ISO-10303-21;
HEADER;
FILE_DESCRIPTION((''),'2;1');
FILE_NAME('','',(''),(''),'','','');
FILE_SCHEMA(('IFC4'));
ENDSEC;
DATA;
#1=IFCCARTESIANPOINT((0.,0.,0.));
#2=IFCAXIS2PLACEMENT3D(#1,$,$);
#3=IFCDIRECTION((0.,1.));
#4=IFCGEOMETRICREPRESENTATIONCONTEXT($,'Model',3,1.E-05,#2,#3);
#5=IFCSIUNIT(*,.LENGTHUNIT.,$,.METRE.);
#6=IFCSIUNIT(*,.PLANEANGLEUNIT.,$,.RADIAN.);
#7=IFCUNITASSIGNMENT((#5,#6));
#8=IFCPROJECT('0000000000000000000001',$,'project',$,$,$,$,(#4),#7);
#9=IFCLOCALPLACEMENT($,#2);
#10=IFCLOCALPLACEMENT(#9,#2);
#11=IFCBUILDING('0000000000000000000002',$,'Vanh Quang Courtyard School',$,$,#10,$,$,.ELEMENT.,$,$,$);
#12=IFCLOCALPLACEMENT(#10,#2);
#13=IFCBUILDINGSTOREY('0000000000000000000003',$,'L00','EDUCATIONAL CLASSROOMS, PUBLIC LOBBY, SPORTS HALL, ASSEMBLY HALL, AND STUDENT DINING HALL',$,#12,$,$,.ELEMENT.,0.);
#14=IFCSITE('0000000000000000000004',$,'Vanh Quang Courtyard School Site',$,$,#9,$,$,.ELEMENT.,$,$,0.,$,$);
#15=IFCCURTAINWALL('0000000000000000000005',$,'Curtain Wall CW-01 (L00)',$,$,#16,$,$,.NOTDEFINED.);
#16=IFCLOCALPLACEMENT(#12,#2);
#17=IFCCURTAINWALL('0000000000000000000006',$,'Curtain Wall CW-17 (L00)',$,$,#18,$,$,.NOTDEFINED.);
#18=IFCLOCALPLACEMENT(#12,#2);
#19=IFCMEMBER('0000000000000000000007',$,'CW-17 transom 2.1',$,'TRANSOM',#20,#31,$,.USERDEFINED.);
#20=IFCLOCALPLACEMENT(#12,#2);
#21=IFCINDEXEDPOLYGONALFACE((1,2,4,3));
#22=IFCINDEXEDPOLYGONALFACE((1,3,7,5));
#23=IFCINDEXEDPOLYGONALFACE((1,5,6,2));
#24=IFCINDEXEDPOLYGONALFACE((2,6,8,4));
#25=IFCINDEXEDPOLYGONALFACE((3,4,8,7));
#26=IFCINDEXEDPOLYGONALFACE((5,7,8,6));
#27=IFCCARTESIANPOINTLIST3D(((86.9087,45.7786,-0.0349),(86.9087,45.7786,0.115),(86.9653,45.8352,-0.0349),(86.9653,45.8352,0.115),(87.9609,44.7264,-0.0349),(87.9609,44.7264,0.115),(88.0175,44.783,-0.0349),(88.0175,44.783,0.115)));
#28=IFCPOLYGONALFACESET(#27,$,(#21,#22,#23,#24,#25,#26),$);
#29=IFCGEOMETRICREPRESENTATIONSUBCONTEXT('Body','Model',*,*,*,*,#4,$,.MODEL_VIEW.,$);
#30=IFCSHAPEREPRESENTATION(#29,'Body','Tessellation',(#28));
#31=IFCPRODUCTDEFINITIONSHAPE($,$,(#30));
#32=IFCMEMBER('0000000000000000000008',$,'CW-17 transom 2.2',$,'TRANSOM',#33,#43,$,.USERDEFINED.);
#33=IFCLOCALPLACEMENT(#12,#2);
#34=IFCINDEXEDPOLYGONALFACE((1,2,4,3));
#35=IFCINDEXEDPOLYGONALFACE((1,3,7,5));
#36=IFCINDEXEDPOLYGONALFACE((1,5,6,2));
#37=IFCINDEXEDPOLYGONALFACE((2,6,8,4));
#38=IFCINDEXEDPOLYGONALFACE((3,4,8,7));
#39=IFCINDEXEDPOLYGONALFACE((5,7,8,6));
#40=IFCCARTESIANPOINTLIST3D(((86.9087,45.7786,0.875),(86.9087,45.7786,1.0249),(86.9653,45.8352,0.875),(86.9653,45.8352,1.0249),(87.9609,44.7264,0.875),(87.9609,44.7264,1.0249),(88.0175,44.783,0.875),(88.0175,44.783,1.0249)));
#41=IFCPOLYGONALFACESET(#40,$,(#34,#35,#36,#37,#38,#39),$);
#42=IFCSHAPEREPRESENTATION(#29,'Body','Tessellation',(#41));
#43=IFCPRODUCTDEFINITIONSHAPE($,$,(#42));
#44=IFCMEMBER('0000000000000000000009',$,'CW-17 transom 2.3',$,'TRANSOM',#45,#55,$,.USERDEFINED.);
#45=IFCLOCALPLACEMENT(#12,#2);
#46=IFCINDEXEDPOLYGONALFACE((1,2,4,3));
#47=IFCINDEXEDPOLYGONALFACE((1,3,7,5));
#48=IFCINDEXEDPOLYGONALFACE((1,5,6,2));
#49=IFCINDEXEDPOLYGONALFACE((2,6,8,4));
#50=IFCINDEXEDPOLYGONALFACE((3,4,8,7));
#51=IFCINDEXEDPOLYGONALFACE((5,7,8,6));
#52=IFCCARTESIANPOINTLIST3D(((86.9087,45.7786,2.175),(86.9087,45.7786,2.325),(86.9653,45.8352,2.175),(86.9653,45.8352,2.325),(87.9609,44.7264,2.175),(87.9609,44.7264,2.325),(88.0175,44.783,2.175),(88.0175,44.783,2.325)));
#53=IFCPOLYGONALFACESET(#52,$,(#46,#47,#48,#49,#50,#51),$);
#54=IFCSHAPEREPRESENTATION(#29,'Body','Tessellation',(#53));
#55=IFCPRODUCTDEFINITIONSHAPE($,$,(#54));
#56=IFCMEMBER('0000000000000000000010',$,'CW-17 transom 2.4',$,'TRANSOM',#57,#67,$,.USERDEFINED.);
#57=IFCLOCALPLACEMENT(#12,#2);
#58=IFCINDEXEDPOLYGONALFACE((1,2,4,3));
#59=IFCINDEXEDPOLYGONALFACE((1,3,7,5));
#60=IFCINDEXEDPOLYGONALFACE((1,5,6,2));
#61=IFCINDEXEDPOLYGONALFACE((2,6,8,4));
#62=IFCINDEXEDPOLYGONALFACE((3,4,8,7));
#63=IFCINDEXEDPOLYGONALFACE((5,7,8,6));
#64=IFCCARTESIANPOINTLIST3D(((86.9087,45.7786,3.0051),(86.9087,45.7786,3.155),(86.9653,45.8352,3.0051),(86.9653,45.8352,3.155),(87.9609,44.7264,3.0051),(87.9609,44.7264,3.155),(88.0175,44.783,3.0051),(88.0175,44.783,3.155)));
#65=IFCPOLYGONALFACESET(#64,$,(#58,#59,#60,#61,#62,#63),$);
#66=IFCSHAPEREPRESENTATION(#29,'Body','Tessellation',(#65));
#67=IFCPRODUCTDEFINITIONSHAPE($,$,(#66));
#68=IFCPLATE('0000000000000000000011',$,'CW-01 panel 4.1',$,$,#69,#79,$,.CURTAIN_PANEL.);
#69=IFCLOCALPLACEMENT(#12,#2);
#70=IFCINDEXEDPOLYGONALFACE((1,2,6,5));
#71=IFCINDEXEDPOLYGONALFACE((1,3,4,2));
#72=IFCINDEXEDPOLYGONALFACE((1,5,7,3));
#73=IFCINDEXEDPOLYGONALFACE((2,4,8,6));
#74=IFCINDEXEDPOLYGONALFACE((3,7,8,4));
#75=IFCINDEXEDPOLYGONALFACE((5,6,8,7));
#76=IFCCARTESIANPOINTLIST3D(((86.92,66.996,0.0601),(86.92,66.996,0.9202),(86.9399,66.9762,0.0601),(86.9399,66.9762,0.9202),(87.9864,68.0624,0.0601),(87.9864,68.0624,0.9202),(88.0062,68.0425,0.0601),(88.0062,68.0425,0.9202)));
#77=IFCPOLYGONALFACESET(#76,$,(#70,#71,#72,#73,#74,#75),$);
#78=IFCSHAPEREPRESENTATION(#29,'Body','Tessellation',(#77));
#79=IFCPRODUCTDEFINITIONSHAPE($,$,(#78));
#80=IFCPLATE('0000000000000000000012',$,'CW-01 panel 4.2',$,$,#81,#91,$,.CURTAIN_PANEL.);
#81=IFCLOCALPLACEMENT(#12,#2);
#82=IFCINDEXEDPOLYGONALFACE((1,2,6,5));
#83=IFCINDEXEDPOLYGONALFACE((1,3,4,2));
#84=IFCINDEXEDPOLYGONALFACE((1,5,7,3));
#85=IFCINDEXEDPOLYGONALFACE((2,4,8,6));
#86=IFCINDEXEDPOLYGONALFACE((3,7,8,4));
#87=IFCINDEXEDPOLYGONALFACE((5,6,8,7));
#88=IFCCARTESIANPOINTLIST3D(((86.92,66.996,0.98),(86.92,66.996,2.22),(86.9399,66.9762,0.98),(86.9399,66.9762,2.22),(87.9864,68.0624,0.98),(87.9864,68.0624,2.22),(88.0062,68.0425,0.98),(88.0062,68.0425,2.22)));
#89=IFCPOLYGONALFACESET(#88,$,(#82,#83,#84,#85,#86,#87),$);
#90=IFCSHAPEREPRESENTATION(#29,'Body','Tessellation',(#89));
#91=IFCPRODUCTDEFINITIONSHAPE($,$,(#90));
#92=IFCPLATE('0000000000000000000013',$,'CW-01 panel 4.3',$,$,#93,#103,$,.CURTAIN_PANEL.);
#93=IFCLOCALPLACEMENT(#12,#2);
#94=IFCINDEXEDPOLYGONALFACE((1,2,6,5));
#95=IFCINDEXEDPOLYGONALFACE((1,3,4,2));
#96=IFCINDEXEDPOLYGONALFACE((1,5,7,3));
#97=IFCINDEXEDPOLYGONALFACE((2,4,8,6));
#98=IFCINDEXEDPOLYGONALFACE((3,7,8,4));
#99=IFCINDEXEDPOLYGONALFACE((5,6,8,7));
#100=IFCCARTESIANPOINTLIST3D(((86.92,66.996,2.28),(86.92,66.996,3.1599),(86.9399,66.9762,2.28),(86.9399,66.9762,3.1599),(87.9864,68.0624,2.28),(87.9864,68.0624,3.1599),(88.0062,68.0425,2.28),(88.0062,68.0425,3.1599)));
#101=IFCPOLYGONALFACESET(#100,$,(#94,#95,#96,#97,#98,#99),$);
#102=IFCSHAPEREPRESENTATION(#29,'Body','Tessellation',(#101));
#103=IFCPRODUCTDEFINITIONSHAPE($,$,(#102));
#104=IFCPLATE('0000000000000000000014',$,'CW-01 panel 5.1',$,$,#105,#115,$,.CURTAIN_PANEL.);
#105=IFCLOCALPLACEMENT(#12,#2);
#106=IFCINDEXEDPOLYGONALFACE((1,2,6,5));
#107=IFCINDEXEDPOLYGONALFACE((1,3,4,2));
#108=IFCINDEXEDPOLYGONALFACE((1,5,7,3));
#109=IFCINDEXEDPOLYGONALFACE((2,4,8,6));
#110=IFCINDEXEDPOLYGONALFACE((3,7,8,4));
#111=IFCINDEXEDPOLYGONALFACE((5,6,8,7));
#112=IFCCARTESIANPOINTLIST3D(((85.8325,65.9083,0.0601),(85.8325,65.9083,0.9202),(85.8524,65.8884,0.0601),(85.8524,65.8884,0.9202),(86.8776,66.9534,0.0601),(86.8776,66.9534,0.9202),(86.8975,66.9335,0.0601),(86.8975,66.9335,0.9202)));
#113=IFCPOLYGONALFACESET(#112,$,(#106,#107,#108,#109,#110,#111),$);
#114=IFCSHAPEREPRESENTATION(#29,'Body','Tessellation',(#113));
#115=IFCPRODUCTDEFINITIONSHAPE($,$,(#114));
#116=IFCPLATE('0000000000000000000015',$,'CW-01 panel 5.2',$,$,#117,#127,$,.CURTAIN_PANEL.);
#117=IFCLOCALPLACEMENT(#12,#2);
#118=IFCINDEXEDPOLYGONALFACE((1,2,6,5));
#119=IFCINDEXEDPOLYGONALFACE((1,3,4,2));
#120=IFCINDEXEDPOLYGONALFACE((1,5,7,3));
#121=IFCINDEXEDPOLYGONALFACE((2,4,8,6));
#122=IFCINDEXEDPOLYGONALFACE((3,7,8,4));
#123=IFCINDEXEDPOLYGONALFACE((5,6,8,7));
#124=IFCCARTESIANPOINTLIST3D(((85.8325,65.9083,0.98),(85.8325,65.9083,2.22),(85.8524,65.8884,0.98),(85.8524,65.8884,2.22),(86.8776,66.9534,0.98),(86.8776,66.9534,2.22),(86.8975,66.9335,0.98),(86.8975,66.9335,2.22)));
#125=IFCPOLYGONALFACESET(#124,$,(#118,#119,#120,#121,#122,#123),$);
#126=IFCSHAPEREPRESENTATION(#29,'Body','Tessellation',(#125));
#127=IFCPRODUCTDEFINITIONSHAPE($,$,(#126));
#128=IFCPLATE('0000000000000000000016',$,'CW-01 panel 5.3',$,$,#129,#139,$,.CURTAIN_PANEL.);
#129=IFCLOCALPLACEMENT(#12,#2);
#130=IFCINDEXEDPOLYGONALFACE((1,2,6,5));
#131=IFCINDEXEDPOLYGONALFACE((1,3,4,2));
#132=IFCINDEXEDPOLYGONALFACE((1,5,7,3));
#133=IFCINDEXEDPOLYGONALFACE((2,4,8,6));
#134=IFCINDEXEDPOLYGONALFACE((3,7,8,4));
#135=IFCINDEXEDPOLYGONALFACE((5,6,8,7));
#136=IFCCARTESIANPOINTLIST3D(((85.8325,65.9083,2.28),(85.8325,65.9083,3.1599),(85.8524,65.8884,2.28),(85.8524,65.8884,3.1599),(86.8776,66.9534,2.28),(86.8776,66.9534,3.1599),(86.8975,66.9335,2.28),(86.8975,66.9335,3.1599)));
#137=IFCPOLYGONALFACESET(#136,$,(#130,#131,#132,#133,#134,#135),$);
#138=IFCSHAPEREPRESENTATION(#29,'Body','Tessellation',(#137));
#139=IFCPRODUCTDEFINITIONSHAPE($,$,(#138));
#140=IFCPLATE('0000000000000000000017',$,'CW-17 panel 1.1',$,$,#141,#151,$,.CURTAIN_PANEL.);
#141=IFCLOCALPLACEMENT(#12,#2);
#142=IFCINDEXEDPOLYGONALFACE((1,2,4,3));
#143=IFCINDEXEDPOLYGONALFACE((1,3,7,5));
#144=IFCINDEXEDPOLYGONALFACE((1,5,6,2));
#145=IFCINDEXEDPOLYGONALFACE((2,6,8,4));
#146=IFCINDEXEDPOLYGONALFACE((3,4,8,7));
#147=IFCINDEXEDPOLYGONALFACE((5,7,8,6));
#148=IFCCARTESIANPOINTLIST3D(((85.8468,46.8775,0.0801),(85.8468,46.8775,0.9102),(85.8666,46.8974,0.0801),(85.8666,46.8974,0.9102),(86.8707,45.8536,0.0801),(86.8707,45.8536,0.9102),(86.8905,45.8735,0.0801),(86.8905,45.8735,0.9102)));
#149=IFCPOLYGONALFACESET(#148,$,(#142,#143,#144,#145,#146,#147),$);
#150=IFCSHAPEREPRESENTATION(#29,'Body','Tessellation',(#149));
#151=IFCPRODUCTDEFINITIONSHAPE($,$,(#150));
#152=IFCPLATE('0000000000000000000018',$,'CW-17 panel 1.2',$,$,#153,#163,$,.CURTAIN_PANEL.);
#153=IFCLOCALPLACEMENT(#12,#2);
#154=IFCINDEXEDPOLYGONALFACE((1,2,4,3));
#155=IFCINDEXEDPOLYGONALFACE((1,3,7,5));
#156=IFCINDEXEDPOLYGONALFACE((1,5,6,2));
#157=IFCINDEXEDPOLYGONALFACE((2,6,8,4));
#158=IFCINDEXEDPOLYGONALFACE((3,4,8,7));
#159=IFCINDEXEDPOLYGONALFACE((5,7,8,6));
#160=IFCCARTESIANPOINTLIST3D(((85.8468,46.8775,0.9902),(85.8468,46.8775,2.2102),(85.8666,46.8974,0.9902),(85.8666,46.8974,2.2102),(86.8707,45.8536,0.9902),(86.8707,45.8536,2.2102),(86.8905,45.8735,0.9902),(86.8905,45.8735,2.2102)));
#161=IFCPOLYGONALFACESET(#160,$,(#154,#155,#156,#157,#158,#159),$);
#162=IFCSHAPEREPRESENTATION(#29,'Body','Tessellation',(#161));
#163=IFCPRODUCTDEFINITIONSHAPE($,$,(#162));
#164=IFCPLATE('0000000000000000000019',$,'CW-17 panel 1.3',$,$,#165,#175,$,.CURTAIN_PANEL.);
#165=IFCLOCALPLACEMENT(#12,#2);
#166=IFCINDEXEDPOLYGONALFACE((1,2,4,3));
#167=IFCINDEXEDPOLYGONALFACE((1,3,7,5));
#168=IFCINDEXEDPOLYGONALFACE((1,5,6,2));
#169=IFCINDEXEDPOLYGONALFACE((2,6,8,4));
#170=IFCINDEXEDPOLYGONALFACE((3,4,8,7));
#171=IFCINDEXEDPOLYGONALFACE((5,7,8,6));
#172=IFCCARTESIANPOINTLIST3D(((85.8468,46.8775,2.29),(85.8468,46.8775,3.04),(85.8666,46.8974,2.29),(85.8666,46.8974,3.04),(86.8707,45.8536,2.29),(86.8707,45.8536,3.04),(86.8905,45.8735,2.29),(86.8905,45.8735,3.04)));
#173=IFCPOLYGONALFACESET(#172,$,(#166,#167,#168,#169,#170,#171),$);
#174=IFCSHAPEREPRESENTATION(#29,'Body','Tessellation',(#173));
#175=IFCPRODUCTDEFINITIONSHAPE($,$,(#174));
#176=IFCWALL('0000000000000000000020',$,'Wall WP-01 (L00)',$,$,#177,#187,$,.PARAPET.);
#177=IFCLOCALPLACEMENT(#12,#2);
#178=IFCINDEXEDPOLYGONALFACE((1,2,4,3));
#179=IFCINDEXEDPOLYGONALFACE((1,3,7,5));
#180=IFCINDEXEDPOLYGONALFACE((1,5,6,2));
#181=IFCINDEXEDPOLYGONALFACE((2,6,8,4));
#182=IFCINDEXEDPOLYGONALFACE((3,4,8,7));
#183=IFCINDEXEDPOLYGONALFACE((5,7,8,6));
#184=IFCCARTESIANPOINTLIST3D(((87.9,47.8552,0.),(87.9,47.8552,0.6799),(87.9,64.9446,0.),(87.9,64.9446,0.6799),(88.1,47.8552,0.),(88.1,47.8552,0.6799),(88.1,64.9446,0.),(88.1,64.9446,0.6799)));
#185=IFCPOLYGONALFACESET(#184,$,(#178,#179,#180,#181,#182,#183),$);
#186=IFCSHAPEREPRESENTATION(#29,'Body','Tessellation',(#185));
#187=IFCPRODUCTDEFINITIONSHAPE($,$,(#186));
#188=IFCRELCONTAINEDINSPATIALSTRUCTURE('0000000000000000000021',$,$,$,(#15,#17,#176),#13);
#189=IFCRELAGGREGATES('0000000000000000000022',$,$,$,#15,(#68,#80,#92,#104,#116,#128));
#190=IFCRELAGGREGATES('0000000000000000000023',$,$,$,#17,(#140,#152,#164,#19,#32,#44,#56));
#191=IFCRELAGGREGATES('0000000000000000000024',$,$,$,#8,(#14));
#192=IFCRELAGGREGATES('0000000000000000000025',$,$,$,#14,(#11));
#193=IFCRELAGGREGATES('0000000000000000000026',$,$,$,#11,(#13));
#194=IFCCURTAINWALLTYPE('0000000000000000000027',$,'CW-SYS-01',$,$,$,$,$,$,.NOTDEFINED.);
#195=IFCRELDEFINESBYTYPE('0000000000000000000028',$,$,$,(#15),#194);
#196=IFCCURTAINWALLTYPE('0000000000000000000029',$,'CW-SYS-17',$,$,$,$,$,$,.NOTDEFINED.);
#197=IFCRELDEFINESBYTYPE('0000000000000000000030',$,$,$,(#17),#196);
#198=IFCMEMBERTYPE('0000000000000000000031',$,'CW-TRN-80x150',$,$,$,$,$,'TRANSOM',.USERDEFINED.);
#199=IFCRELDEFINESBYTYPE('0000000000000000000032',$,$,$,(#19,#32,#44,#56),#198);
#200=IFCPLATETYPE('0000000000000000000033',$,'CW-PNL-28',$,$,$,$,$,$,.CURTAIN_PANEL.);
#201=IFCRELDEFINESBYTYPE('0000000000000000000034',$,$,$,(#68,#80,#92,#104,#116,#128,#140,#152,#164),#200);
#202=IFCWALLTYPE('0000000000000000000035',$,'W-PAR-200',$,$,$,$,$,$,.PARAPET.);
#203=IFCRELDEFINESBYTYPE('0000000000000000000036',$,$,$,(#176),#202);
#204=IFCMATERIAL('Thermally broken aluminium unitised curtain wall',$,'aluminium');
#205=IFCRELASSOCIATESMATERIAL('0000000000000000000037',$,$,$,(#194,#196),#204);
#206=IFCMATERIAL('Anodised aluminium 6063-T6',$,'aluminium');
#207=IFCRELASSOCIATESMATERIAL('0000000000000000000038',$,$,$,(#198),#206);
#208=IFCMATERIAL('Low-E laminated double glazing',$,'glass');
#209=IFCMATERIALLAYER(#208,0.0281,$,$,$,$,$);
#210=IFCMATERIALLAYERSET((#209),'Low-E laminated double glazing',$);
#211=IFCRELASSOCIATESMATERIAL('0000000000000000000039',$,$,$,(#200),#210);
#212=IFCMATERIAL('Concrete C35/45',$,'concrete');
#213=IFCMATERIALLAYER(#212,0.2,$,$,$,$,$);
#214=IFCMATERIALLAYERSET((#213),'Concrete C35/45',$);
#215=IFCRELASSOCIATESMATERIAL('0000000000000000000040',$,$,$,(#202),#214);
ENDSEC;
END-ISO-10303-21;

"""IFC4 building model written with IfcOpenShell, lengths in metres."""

from ifc_helpers import new_model, si_unit, direction, frame, frame_2d, origin, origin_2d, place, context, subcontext, project, spatial, rectangle, extrude, material, layer, layer_set, material_profile, profile_set, type_object, element, aggregate, save


model = new_model("IFC4")

# Units and contexts
model_context = context("Model", 3, precision=1e-05, world=origin(), true_north=direction((0.0, 1.0)))
body_context = subcontext(model_context, "Body", "Model", "MODEL_VIEW")
ifc_project = project(units=[si_unit("LENGTHUNIT", "METRE"), si_unit("PLANEANGLEUNIT", "RADIAN")], contexts=[model_context])

# Site, building, storey
site_placement = place(None, origin())
site = spatial("IfcSite", under=ifc_project, at=site_placement, Name="Vanh Quang Courtyard School Site", CompositionType="ELEMENT", RefElevation=0.0)
building_placement = place(site_placement, origin())
building = spatial("IfcBuilding", under=site, at=building_placement, Name="Vanh Quang Courtyard School", CompositionType="ELEMENT")
storey_placement = place(building_placement, origin())
storey = spatial("IfcBuildingStorey", under=building, at=storey_placement, Name="L00", Description="EDUCATIONAL CLASSROOMS, PUBLIC LOBBY, SPORTS HALL, ASSEMBLY HALL, AND STUDENT DINING HALL", CompositionType="ELEMENT", Elevation=0.0)

# Curtain walls
ifc_material_1 = material(Name="Thermally broken aluminium unitised curtain wall", Category="aluminium")
curtain_wall_type_1 = type_object("IfcCurtainWallType", Name="CW-SYS-01", PredefinedType="NOTDEFINED", material=ifc_material_1)
curtain_wall_1_placement = place(storey_placement, origin())
curtain_wall_1 = element("IfcCurtainWall", 1, at=curtain_wall_1_placement, inside=storey, type_object=curtain_wall_type_1, Name="Curtain Wall CW-01 (L00)", PredefinedType="NOTDEFINED")
ifc_material_2 = material(Name="Anodised aluminium 6063-T6", Category="aluminium")
curtain_wall_type_2 = type_object("IfcCurtainWallType", Name="CW-SYS-17", PredefinedType="NOTDEFINED", material=ifc_material_1)
curtain_wall_2_placement = place(storey_placement, origin())
curtain_wall_2 = element("IfcCurtainWall", 2, at=curtain_wall_2_placement, inside=storey, type_object=curtain_wall_type_2, Name="Curtain Wall CW-17 (L00)", PredefinedType="NOTDEFINED")

# Members
ifc_material_profile_1 = material_profile(ifc_material_2, rectangle(XDim=0.0801, YDim=0.1499, at=origin_2d()), Name="ALU-TRN 80x150")
ifc_profile_set_1 = profile_set([ifc_material_profile_1], Name="Anodised aluminium 6063-T6")
member_type_1 = type_object("IfcMemberType", Name="CW-TRN-80x150", ElementType="TRANSOM", PredefinedType="USERDEFINED", material=ifc_profile_set_1)
member_1_placement = place(storey_placement, frame((86.937, 45.8069, 0.04), z_axis=(0.707107, -0.707107, 0.0), x_axis=(0.707107, 0.707107, 0.0)))
member_1 = element("IfcMember", 3, at=member_1_placement, type_object=member_type_1, Name="CW-17 transom 2.1", ObjectType="TRANSOM", PredefinedType="USERDEFINED", context=body_context, shape_type="SweptSolid", body=[
    extrude(rectangle(XDim=0.0801, YDim=0.1499, at=origin_2d()), origin(), (0.0, 0.0, 1.0), 1.488),
])
member_2_placement = place(storey_placement, frame((86.937, 45.8069, 0.95), z_axis=(0.707107, -0.707107, 0.0), x_axis=(0.707107, 0.707107, 0.0)))
member_2 = element("IfcMember", 4, at=member_2_placement, type_object=member_type_1, Name="CW-17 transom 2.2", ObjectType="TRANSOM", PredefinedType="USERDEFINED", context=body_context, shape_type="SweptSolid", body=[
    extrude(rectangle(XDim=0.0801, YDim=0.1499, at=origin_2d()), origin(), (0.0, 0.0, 1.0), 1.488),
])
member_3_placement = place(storey_placement, frame((86.937, 45.8069, 2.25), z_axis=(0.707107, -0.707107, 0.0), x_axis=(0.707107, 0.707107, 0.0)))
member_3 = element("IfcMember", 5, at=member_3_placement, type_object=member_type_1, Name="CW-17 transom 2.3", ObjectType="TRANSOM", PredefinedType="USERDEFINED", context=body_context, shape_type="SweptSolid", body=[
    extrude(rectangle(XDim=0.0801, YDim=0.1499, at=origin_2d()), origin(), (0.0, 0.0, 1.0), 1.488),
])
member_4_placement = place(storey_placement, frame((86.937, 45.8069, 3.0801), z_axis=(0.707107, -0.707107, 0.0), x_axis=(0.707107, 0.707107, 0.0)))
member_4 = element("IfcMember", 6, at=member_4_placement, type_object=member_type_1, Name="CW-17 transom 2.4", ObjectType="TRANSOM", PredefinedType="USERDEFINED", context=body_context, shape_type="SweptSolid", body=[
    extrude(rectangle(XDim=0.0801, YDim=0.1499, at=origin_2d()), origin(), (0.0, 0.0, 1.0), 1.488),
])

# Plates
ifc_material_3 = material(Name="Low-E laminated double glazing", Category="glass")
ifc_layer_1 = layer(ifc_material_3, 0.0281)
ifc_layer_set_1 = layer_set([ifc_layer_1], Name="Low-E laminated double glazing")
plate_type = type_object("IfcPlateType", Name="CW-PNL-28", PredefinedType="CURTAIN_PANEL", material=ifc_layer_set_1)
plate_1_placement = place(storey_placement, frame((87.4631, 67.5193, 0.0601), z_axis=(0.0, 0.0, 1.0), x_axis=(-0.707107, -0.707107, 0.0)))
plate_1 = element("IfcPlate", 7, at=plate_1_placement, type_object=plate_type, Name="CW-01 panel 4.1", PredefinedType="CURTAIN_PANEL", context=body_context, shape_type="SweptSolid", body=[
    extrude(rectangle(XDim=1.5081, YDim=0.0281, at=origin_2d()), origin(), (0.0, 0.0, 1.0), 0.8601),
])
plate_2_placement = place(storey_placement, frame((87.4631, 67.5193, 0.98), z_axis=(0.0, 0.0, 1.0), x_axis=(-0.707107, -0.707107, 0.0)))
plate_2 = element("IfcPlate", 8, at=plate_2_placement, type_object=plate_type, Name="CW-01 panel 4.2", PredefinedType="CURTAIN_PANEL", context=body_context, shape_type="SweptSolid", body=[
    extrude(rectangle(XDim=1.5081, YDim=0.0281, at=origin_2d()), origin(), (0.0, 0.0, 1.0), 1.24),
])
plate_3_placement = place(storey_placement, frame((87.4631, 67.5193, 2.28), z_axis=(0.0, 0.0, 1.0), x_axis=(-0.707107, -0.707107, 0.0)))
plate_3 = element("IfcPlate", 9, at=plate_3_placement, type_object=plate_type, Name="CW-01 panel 4.3", PredefinedType="CURTAIN_PANEL", context=body_context, shape_type="SweptSolid", body=[
    extrude(rectangle(XDim=1.5081, YDim=0.0281, at=origin_2d()), origin(), (0.0, 0.0, 1.0), 0.8799),
])
plate_4_placement = place(storey_placement, frame((86.365, 66.4209, 0.0601), z_axis=(0.0, 0.0, 1.0), x_axis=(-0.707107, -0.707107, 0.0)))
plate_4 = element("IfcPlate", 10, at=plate_4_placement, type_object=plate_type, Name="CW-01 panel 5.1", PredefinedType="CURTAIN_PANEL", context=body_context, shape_type="SweptSolid", body=[
    extrude(rectangle(XDim=1.478, YDim=0.0281, at=origin_2d()), origin(), (0.0, 0.0, 1.0), 0.8601),
])
plate_5_placement = place(storey_placement, frame((86.365, 66.4209, 0.98), z_axis=(0.0, 0.0, 1.0), x_axis=(-0.707107, -0.707107, 0.0)))
plate_5 = element("IfcPlate", 11, at=plate_5_placement, type_object=plate_type, Name="CW-01 panel 5.2", PredefinedType="CURTAIN_PANEL", context=body_context, shape_type="SweptSolid", body=[
    extrude(rectangle(XDim=1.478, YDim=0.0281, at=origin_2d()), origin(), (0.0, 0.0, 1.0), 1.24),
])
plate_6_placement = place(storey_placement, frame((86.365, 66.4209, 2.28), z_axis=(0.0, 0.0, 1.0), x_axis=(-0.707107, -0.707107, 0.0)))
plate_6 = element("IfcPlate", 12, at=plate_6_placement, type_object=plate_type, Name="CW-01 panel 5.3", PredefinedType="CURTAIN_PANEL", context=body_context, shape_type="SweptSolid", body=[
    extrude(rectangle(XDim=1.478, YDim=0.0281, at=origin_2d()), origin(), (0.0, 0.0, 1.0), 0.8799),
])
aggregate(curtain_wall_1, [plate_1, plate_2, plate_3, plate_4, plate_5, plate_6])
plate_7_placement = place(storey_placement, frame((86.3687, 46.3755, 0.0801), z_axis=(0.0, 0.0, 1.0), x_axis=(0.707107, -0.707107, 0.0)))
plate_7 = element("IfcPlate", 13, at=plate_7_placement, type_object=plate_type, Name="CW-17 panel 1.1", PredefinedType="CURTAIN_PANEL", context=body_context, shape_type="SweptSolid", body=[
    extrude(rectangle(XDim=1.448, YDim=0.0281, at=origin_2d()), origin(), (0.0, 0.0, 1.0), 0.8301),
])
plate_8_placement = place(storey_placement, frame((86.3687, 46.3755, 0.9902), z_axis=(0.0, 0.0, 1.0), x_axis=(0.707107, -0.707107, 0.0)))
plate_8 = element("IfcPlate", 14, at=plate_8_placement, type_object=plate_type, Name="CW-17 panel 1.2", PredefinedType="CURTAIN_PANEL", context=body_context, shape_type="SweptSolid", body=[
    extrude(rectangle(XDim=1.448, YDim=0.0281, at=origin_2d()), origin(), (0.0, 0.0, 1.0), 1.22),
])
plate_9_placement = place(storey_placement, frame((86.3687, 46.3755, 2.29), z_axis=(0.0, 0.0, 1.0), x_axis=(0.707107, -0.707107, 0.0)))
plate_9 = element("IfcPlate", 15, at=plate_9_placement, type_object=plate_type, Name="CW-17 panel 1.3", PredefinedType="CURTAIN_PANEL", context=body_context, shape_type="SweptSolid", body=[
    extrude(rectangle(XDim=1.448, YDim=0.0281, at=origin_2d()), origin(), (0.0, 0.0, 1.0), 0.75),
])
aggregate(curtain_wall_2, [plate_7, plate_8, plate_9, member_1, member_2, member_3, member_4])

# Wall
ifc_material_4 = material(Name="Concrete C35/45", Category="concrete")
ifc_layer_2 = layer(ifc_material_4, 0.2)
ifc_layer_set_2 = layer_set([ifc_layer_2], Name="Concrete C35/45")
wall_type = type_object("IfcWallType", Name="W-PAR-200", PredefinedType="PARAPET", material=ifc_layer_set_2)
wall_1_placement = place(storey_placement, frame((88.0, 47.8552, 0.0), z_axis=(0.0, 0.0, 1.0), x_axis=(0.0, 1.0, 0.0)))
element("IfcWall", 16, at=wall_1_placement, inside=storey, type_object=wall_type, Name="Wall WP-01 (L00)", PredefinedType="PARAPET", context=body_context, shape_type="SweptSolid", body=[
    extrude(rectangle(XDim=17.0894, YDim=0.2, at=frame_2d((8.5447, 0.0))), origin(), (0.0, 0.0, 1.0), 0.6799),
])

save(model, "model.ifc")
